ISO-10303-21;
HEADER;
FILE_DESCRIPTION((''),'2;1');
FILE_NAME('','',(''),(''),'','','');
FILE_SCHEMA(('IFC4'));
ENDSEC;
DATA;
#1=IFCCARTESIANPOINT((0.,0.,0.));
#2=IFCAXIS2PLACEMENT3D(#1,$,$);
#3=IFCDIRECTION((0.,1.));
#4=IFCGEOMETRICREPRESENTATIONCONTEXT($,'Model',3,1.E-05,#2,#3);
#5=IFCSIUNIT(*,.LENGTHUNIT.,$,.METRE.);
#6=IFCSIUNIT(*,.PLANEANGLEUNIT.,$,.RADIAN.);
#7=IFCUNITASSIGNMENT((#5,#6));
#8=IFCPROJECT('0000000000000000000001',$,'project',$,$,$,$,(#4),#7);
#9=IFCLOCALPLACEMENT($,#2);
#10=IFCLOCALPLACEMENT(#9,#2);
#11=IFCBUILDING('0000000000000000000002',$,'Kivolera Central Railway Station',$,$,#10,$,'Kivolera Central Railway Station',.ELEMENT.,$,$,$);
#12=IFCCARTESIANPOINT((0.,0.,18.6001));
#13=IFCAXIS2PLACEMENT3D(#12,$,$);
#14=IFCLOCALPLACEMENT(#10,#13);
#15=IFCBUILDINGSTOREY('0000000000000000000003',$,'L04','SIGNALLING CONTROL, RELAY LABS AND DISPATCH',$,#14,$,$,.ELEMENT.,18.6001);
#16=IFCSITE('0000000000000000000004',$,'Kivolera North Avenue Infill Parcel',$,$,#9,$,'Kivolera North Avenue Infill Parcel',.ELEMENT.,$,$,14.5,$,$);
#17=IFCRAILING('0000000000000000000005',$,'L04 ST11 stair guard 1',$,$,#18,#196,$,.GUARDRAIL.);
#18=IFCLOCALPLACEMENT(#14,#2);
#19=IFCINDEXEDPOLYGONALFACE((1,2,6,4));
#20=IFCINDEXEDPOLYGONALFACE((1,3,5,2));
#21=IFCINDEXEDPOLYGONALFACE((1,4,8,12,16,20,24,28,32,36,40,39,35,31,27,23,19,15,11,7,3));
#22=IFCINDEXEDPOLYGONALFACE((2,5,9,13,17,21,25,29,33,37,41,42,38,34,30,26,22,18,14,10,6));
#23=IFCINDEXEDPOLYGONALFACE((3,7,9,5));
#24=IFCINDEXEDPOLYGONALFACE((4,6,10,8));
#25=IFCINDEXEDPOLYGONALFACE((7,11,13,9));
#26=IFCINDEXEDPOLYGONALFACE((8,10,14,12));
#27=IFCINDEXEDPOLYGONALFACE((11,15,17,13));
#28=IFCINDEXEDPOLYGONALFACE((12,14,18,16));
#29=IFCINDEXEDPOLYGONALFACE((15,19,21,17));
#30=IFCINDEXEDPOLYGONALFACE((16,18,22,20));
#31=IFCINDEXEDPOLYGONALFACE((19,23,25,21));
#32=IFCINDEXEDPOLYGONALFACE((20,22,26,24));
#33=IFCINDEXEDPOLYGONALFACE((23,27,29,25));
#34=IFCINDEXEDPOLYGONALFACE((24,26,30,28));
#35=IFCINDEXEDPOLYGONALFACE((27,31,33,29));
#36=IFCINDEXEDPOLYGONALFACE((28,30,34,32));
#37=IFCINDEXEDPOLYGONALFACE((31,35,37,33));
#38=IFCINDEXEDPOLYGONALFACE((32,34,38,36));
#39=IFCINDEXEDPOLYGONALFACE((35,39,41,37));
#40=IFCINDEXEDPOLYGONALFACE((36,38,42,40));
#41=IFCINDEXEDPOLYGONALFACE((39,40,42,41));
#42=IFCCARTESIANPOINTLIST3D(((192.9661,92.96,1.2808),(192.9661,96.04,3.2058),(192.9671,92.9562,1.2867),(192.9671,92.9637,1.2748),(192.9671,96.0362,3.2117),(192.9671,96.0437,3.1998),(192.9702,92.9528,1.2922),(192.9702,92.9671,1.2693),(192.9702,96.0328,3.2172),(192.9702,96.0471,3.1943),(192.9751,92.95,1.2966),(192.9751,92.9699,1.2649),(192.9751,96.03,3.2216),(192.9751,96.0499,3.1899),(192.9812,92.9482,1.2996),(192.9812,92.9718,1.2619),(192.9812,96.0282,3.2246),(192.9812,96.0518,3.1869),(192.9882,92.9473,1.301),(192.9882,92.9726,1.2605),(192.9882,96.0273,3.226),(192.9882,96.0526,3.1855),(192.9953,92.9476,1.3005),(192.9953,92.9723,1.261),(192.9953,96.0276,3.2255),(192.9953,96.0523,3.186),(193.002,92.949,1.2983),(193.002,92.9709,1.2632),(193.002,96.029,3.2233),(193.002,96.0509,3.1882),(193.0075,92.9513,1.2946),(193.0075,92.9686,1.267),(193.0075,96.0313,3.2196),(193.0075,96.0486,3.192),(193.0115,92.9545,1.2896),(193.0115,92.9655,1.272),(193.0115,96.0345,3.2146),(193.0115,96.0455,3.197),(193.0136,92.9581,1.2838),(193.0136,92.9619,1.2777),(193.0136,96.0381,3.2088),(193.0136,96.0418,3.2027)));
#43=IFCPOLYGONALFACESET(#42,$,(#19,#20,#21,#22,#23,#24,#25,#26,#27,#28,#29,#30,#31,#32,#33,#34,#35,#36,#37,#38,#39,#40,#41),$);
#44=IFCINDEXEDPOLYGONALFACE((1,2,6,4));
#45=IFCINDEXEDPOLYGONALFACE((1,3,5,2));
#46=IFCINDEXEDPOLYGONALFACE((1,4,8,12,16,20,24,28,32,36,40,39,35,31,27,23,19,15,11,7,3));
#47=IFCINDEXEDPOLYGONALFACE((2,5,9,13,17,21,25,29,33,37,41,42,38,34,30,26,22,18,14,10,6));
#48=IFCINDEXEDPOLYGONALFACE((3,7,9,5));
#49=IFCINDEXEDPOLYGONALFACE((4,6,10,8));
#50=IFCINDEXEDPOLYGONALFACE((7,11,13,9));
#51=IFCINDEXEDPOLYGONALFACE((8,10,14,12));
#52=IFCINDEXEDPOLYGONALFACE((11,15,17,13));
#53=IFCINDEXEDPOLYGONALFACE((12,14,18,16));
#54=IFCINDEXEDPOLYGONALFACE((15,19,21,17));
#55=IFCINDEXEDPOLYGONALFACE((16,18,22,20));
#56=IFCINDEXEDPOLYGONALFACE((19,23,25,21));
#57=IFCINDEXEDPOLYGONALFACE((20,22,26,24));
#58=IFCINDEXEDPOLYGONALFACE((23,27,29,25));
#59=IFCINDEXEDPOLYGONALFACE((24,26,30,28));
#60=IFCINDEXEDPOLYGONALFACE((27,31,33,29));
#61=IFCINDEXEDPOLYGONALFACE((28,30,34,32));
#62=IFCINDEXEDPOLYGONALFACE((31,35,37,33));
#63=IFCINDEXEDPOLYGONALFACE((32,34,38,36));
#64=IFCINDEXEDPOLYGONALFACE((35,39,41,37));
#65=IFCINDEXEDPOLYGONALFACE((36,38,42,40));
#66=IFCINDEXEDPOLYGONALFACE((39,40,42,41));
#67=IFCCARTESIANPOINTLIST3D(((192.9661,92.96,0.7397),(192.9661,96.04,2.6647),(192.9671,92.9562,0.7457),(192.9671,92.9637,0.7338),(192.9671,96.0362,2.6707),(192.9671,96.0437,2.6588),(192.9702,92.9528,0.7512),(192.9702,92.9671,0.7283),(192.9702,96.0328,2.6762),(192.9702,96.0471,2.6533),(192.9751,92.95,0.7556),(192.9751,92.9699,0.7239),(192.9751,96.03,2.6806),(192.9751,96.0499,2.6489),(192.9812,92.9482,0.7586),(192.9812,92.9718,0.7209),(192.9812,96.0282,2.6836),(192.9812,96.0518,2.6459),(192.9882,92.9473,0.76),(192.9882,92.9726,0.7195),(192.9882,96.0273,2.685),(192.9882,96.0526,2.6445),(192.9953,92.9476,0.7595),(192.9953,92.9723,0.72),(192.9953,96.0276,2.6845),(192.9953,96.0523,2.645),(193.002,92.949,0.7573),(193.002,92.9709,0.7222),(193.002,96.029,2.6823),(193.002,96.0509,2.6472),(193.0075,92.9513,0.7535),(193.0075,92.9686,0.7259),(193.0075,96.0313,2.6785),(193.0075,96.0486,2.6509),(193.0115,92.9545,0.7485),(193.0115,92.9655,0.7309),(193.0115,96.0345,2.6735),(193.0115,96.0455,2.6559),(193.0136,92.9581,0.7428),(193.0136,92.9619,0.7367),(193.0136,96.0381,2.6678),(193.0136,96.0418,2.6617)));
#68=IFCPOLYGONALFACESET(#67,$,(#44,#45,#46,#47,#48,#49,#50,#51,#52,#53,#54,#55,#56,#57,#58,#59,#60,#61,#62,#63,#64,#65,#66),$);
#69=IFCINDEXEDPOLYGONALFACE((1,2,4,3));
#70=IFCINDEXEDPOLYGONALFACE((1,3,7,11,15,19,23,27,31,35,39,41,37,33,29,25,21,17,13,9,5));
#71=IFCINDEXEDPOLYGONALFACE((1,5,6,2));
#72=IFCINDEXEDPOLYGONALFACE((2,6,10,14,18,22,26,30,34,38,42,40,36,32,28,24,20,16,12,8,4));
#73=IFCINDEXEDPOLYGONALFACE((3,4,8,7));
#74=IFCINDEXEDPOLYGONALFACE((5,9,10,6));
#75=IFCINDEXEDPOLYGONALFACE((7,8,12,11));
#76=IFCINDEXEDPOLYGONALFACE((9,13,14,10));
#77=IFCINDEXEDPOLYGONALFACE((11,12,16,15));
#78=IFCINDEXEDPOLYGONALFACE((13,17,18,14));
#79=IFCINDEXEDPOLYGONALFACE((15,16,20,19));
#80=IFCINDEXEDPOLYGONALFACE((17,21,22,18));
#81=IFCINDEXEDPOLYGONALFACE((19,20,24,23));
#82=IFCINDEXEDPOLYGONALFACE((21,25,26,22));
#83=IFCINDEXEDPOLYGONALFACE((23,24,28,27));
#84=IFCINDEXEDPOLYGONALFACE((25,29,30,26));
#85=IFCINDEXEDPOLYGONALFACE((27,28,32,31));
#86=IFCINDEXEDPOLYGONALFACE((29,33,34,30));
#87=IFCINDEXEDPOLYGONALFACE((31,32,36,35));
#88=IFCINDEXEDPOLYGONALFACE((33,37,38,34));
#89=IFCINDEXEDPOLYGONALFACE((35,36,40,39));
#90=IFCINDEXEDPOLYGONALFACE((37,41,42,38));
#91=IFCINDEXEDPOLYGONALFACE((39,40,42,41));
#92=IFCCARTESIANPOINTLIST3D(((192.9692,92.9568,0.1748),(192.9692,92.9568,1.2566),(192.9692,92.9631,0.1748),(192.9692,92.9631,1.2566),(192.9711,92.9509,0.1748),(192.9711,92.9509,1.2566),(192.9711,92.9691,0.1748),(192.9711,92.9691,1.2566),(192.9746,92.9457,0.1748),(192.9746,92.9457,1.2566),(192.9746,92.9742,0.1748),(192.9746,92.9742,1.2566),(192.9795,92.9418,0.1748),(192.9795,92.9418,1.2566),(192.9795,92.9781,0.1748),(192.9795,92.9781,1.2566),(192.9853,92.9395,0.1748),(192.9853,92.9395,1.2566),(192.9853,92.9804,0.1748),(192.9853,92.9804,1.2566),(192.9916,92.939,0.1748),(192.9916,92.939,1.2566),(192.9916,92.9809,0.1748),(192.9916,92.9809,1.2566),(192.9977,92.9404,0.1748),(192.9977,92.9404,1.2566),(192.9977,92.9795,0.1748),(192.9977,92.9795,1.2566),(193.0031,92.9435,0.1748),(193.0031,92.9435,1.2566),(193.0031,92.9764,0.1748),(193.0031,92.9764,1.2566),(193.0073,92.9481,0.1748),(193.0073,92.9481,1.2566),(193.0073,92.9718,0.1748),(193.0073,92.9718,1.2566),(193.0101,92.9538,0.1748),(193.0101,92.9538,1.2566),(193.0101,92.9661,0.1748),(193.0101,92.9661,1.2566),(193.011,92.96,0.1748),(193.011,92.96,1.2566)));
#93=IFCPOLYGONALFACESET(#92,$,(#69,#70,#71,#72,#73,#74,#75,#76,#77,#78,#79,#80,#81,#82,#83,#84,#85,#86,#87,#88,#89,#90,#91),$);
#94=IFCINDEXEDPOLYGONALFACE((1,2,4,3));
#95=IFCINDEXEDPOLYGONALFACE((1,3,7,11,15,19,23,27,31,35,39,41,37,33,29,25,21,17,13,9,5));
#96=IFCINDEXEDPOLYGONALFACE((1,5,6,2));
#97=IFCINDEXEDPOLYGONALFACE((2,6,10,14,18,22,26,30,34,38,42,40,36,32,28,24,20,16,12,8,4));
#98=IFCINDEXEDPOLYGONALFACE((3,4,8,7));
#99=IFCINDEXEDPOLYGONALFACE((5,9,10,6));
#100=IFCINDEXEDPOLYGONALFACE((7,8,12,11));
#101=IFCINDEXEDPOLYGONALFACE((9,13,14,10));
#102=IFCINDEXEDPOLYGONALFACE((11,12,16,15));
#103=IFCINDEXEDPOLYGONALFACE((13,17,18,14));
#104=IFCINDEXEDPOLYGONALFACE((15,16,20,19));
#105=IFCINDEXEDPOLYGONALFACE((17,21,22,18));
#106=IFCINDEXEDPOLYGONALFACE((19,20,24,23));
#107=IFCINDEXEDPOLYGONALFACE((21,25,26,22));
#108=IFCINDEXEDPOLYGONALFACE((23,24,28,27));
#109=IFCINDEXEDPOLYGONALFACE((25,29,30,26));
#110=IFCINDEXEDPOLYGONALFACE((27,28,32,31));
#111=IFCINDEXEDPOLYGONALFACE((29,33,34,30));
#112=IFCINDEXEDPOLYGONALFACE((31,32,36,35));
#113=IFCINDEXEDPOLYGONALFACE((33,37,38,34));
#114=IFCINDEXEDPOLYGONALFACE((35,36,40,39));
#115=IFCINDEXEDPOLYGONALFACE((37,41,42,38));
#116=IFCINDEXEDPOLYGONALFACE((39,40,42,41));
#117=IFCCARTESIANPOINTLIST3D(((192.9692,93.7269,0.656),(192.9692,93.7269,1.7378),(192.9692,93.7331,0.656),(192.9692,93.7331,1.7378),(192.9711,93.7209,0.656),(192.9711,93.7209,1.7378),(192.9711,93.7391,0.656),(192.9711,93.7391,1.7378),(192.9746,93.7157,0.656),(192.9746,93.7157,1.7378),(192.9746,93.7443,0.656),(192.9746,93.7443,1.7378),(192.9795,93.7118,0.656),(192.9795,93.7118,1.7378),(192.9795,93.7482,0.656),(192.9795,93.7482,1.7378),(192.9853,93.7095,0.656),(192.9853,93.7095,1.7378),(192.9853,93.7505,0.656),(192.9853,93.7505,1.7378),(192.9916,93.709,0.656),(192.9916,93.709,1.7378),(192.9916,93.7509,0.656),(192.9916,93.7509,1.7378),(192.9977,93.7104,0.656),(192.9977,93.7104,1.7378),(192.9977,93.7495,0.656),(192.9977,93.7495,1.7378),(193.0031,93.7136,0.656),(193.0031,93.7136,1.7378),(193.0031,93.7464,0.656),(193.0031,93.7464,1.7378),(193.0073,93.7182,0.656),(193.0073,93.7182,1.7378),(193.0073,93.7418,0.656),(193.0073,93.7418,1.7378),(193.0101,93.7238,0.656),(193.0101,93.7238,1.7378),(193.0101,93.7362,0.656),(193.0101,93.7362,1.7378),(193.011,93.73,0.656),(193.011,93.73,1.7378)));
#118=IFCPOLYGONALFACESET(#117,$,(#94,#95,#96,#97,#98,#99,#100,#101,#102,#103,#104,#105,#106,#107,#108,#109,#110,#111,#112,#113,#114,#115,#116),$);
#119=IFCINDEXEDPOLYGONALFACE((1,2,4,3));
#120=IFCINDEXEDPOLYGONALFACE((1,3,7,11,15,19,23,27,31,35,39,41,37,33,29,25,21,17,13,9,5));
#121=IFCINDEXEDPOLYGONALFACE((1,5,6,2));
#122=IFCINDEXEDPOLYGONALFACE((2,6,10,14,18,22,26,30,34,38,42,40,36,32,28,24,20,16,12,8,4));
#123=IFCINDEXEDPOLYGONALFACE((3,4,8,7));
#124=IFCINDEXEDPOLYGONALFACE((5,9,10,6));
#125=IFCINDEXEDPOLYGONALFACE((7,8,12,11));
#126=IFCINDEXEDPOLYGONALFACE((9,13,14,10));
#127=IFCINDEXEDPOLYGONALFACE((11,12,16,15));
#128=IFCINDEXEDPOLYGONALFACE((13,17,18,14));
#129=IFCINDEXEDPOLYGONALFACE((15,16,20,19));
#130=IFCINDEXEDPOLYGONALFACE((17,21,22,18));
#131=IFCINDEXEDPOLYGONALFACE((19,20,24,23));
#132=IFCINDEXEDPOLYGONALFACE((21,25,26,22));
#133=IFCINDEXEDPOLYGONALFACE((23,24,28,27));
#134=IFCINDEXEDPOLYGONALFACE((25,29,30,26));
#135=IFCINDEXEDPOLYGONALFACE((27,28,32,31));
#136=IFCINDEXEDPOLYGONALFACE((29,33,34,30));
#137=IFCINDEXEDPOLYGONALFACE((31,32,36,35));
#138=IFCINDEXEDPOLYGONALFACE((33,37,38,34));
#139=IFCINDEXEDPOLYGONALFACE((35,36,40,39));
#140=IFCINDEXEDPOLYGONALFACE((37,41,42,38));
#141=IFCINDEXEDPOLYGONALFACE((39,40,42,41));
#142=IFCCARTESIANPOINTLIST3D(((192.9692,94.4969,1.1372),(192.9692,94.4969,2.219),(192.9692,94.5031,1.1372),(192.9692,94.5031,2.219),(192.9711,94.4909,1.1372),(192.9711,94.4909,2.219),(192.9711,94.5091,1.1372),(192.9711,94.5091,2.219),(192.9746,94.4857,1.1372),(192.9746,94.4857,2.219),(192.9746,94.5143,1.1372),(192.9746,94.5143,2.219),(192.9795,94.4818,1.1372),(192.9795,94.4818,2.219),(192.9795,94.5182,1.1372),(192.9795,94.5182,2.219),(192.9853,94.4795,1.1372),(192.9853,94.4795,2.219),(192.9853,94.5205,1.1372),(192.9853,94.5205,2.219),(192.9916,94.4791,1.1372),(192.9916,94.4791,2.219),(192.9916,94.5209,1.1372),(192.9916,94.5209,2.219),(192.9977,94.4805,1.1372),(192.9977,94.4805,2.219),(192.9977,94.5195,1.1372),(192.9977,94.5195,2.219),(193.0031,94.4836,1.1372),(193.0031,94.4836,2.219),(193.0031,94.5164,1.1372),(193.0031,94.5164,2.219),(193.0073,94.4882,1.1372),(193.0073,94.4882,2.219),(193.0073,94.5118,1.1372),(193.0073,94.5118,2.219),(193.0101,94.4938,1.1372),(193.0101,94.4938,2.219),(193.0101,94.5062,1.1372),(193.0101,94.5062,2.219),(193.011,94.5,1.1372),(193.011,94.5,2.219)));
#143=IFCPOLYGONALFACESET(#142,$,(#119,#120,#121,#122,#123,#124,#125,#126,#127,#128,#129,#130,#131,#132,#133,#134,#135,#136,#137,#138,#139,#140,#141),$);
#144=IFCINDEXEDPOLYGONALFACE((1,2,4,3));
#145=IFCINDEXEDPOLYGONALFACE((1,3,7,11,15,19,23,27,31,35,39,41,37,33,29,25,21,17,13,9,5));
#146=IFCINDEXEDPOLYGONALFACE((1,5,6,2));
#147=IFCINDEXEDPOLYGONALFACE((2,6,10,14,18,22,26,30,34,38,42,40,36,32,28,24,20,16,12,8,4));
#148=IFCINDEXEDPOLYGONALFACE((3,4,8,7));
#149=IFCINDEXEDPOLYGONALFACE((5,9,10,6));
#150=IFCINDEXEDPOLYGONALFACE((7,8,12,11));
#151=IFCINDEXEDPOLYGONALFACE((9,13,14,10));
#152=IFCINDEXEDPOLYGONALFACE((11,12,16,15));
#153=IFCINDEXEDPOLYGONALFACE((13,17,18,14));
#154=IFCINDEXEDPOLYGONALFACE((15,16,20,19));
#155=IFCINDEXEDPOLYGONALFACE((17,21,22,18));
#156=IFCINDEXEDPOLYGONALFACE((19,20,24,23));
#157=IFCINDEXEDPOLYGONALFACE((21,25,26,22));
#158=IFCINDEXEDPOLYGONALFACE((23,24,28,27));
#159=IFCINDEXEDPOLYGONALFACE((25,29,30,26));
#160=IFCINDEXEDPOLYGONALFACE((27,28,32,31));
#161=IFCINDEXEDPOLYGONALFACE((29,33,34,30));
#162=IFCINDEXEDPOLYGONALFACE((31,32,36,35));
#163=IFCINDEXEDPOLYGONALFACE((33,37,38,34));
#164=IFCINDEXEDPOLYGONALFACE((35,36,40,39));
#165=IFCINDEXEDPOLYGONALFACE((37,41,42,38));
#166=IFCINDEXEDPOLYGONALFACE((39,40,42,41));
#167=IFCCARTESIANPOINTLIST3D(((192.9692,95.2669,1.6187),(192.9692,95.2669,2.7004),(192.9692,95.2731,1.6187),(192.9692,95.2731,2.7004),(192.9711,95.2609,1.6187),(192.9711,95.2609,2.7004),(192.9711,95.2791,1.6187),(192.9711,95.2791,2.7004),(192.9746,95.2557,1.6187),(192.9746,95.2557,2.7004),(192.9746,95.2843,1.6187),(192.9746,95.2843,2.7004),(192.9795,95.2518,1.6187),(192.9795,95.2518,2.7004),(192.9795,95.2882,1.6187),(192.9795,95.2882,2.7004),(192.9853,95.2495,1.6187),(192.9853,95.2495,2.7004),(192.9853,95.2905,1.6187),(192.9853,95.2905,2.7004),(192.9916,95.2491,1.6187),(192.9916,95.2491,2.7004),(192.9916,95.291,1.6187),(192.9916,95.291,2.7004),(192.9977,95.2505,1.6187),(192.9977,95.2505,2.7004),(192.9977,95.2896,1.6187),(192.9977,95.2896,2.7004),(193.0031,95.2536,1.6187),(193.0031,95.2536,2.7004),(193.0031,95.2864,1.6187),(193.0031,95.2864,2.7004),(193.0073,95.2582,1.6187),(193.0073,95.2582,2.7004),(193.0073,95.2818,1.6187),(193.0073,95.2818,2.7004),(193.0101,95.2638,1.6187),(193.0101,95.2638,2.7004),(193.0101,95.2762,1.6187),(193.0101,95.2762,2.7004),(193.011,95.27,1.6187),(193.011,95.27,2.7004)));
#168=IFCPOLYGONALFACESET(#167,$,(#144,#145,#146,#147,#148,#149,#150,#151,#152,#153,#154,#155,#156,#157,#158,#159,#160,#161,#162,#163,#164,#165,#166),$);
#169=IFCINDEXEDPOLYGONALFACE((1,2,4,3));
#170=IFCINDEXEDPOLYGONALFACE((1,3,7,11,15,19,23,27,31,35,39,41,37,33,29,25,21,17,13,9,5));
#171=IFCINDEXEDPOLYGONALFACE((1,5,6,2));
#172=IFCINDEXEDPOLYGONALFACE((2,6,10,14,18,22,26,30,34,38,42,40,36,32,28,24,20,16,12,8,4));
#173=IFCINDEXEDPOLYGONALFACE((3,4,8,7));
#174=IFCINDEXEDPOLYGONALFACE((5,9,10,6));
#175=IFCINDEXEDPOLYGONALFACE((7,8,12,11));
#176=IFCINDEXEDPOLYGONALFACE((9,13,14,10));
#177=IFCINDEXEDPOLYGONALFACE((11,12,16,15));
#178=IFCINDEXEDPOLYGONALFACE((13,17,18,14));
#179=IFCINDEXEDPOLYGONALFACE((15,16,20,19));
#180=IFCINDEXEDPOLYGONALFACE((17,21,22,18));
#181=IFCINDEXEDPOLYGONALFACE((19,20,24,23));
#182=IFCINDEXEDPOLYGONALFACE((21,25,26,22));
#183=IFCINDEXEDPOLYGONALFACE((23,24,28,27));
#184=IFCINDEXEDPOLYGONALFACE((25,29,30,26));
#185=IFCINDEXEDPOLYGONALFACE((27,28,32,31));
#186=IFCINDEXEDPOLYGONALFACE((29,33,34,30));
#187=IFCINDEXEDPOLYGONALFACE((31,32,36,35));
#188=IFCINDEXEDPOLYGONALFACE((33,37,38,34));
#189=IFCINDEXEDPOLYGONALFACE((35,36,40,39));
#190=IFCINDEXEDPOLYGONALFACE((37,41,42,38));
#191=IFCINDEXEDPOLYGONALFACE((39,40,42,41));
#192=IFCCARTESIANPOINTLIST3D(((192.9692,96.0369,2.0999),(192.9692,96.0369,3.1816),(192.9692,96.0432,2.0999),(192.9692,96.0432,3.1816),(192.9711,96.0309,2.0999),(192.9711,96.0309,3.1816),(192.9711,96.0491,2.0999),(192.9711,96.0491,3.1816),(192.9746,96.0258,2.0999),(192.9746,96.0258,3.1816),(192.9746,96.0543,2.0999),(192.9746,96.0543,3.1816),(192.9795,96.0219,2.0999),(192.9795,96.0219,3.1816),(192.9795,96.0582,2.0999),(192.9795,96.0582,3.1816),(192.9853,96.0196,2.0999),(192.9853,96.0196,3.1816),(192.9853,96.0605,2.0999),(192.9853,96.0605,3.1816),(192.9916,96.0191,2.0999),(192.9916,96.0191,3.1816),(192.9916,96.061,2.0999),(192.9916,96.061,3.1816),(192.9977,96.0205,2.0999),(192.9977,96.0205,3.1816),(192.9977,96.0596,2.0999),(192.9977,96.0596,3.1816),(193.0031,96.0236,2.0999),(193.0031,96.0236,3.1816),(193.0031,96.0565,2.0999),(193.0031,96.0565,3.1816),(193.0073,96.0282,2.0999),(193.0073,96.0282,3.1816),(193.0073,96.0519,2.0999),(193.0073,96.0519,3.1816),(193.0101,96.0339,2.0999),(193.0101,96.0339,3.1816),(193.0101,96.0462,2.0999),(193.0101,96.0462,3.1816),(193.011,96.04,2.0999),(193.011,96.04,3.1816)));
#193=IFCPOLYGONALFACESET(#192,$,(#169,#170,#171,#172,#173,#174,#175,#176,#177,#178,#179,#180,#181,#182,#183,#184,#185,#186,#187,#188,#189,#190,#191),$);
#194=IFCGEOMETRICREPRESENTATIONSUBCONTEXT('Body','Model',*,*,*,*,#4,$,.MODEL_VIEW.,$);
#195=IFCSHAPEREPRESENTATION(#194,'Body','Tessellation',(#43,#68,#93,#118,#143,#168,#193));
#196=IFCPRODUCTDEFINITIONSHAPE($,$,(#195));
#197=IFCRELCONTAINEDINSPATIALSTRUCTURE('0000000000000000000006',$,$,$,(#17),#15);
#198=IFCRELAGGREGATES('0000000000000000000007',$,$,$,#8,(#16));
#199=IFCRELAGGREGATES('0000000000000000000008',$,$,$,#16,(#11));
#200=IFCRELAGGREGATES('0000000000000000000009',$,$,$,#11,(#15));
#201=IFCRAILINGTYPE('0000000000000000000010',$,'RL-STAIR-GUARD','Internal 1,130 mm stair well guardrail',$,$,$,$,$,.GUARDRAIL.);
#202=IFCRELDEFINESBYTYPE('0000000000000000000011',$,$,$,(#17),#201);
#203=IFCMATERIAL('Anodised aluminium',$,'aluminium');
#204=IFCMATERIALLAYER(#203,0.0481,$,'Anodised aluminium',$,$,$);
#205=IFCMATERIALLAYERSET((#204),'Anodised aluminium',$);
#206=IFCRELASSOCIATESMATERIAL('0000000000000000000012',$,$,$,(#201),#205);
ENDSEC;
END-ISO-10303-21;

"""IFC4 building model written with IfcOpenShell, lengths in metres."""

from ifc_helpers import new_model, si_unit, direction, frame, origin, origin_2d, place, context, subcontext, project, spatial, circle, extrude, material, layer, layer_set, type_object, element, save


model = new_model("IFC4")

# Units and contexts
model_context = context("Model", 3, precision=1e-05, world=origin(), true_north=direction((0.0, 1.0)))
body_context = subcontext(model_context, "Body", "Model", "MODEL_VIEW")
ifc_project = project(units=[si_unit("LENGTHUNIT", "METRE"), si_unit("PLANEANGLEUNIT", "RADIAN")], contexts=[model_context])

# Site, building, storey
site_placement = place(None, origin())
site = spatial("IfcSite", under=ifc_project, at=site_placement, Name="Kivolera North Avenue Infill Parcel", LongName="Kivolera North Avenue Infill Parcel", CompositionType="ELEMENT", RefElevation=14.5)
building_placement = place(site_placement, origin())
building = spatial("IfcBuilding", under=site, at=building_placement, Name="Kivolera Central Railway Station", LongName="Kivolera Central Railway Station", CompositionType="ELEMENT")
storey_placement = place(building_placement, frame((0.0, 0.0, 18.6001)))
storey = spatial("IfcBuildingStorey", under=building, at=storey_placement, Name="L04", Description="SIGNALLING CONTROL, RELAY LABS AND DISPATCH", CompositionType="ELEMENT", Elevation=18.6001)

# Shared definitions
ifc_material_1 = material(Name="Anodised aluminium", Category="aluminium")

# Railing
ifc_layer_1 = layer(ifc_material_1, 0.0481, Name="Anodised aluminium")
ifc_layer_set_1 = layer_set([ifc_layer_1], Name="Anodised aluminium")
railing_type = type_object("IfcRailingType", Name="RL-STAIR-GUARD", Description="Internal 1,130 mm stair well guardrail", PredefinedType="GUARDRAIL", material=ifc_layer_set_1)
railing_1_placement = place(storey_placement, frame((192.99, 92.96, 0.1748)))
element("IfcRailing", 1, at=railing_1_placement, inside=storey, type_object=railing_type, Name="L04 ST11 stair guard 1", PredefinedType="GUARDRAIL", context=body_context, shape_type="SweptSolid", body=[
    extrude(circle(Radius=0.0239, at=origin_2d()), frame((0.0, 0.0, 1.106), z_axis=(0.0, 0.847998, 0.529999), x_axis=(-1.0, 0.0, 0.0)), (0.0, 0.0, 1.0), 3.6321),
    extrude(circle(Radius=0.0239, at=origin_2d()), frame((0.0, 0.0, 0.5649), z_axis=(0.0, 0.847998, 0.529999), x_axis=(-1.0, 0.0, 0.0)), (0.0, 0.0, 1.0), 3.6321),
    extrude(circle(Radius=0.021, at=origin_2d()), origin(), (0.0, 0.0, 1.0), 1.0818),
    extrude(circle(Radius=0.021, at=origin_2d()), frame((0.0, 0.77, 0.4812)), (0.0, 0.0, 1.0), 1.0818),
    extrude(circle(Radius=0.021, at=origin_2d()), frame((0.0, 1.54, 0.9624)), (0.0, 0.0, 1.0), 1.0818),
    extrude(circle(Radius=0.021, at=origin_2d()), frame((0.0, 2.3101, 1.4438)), (0.0, 0.0, 1.0), 1.0818),
    extrude(circle(Radius=0.021, at=origin_2d()), frame((0.0, 3.0801, 1.925)), (0.0, 0.0, 1.0), 1.0818),
])

save(model, "model.ifc")
